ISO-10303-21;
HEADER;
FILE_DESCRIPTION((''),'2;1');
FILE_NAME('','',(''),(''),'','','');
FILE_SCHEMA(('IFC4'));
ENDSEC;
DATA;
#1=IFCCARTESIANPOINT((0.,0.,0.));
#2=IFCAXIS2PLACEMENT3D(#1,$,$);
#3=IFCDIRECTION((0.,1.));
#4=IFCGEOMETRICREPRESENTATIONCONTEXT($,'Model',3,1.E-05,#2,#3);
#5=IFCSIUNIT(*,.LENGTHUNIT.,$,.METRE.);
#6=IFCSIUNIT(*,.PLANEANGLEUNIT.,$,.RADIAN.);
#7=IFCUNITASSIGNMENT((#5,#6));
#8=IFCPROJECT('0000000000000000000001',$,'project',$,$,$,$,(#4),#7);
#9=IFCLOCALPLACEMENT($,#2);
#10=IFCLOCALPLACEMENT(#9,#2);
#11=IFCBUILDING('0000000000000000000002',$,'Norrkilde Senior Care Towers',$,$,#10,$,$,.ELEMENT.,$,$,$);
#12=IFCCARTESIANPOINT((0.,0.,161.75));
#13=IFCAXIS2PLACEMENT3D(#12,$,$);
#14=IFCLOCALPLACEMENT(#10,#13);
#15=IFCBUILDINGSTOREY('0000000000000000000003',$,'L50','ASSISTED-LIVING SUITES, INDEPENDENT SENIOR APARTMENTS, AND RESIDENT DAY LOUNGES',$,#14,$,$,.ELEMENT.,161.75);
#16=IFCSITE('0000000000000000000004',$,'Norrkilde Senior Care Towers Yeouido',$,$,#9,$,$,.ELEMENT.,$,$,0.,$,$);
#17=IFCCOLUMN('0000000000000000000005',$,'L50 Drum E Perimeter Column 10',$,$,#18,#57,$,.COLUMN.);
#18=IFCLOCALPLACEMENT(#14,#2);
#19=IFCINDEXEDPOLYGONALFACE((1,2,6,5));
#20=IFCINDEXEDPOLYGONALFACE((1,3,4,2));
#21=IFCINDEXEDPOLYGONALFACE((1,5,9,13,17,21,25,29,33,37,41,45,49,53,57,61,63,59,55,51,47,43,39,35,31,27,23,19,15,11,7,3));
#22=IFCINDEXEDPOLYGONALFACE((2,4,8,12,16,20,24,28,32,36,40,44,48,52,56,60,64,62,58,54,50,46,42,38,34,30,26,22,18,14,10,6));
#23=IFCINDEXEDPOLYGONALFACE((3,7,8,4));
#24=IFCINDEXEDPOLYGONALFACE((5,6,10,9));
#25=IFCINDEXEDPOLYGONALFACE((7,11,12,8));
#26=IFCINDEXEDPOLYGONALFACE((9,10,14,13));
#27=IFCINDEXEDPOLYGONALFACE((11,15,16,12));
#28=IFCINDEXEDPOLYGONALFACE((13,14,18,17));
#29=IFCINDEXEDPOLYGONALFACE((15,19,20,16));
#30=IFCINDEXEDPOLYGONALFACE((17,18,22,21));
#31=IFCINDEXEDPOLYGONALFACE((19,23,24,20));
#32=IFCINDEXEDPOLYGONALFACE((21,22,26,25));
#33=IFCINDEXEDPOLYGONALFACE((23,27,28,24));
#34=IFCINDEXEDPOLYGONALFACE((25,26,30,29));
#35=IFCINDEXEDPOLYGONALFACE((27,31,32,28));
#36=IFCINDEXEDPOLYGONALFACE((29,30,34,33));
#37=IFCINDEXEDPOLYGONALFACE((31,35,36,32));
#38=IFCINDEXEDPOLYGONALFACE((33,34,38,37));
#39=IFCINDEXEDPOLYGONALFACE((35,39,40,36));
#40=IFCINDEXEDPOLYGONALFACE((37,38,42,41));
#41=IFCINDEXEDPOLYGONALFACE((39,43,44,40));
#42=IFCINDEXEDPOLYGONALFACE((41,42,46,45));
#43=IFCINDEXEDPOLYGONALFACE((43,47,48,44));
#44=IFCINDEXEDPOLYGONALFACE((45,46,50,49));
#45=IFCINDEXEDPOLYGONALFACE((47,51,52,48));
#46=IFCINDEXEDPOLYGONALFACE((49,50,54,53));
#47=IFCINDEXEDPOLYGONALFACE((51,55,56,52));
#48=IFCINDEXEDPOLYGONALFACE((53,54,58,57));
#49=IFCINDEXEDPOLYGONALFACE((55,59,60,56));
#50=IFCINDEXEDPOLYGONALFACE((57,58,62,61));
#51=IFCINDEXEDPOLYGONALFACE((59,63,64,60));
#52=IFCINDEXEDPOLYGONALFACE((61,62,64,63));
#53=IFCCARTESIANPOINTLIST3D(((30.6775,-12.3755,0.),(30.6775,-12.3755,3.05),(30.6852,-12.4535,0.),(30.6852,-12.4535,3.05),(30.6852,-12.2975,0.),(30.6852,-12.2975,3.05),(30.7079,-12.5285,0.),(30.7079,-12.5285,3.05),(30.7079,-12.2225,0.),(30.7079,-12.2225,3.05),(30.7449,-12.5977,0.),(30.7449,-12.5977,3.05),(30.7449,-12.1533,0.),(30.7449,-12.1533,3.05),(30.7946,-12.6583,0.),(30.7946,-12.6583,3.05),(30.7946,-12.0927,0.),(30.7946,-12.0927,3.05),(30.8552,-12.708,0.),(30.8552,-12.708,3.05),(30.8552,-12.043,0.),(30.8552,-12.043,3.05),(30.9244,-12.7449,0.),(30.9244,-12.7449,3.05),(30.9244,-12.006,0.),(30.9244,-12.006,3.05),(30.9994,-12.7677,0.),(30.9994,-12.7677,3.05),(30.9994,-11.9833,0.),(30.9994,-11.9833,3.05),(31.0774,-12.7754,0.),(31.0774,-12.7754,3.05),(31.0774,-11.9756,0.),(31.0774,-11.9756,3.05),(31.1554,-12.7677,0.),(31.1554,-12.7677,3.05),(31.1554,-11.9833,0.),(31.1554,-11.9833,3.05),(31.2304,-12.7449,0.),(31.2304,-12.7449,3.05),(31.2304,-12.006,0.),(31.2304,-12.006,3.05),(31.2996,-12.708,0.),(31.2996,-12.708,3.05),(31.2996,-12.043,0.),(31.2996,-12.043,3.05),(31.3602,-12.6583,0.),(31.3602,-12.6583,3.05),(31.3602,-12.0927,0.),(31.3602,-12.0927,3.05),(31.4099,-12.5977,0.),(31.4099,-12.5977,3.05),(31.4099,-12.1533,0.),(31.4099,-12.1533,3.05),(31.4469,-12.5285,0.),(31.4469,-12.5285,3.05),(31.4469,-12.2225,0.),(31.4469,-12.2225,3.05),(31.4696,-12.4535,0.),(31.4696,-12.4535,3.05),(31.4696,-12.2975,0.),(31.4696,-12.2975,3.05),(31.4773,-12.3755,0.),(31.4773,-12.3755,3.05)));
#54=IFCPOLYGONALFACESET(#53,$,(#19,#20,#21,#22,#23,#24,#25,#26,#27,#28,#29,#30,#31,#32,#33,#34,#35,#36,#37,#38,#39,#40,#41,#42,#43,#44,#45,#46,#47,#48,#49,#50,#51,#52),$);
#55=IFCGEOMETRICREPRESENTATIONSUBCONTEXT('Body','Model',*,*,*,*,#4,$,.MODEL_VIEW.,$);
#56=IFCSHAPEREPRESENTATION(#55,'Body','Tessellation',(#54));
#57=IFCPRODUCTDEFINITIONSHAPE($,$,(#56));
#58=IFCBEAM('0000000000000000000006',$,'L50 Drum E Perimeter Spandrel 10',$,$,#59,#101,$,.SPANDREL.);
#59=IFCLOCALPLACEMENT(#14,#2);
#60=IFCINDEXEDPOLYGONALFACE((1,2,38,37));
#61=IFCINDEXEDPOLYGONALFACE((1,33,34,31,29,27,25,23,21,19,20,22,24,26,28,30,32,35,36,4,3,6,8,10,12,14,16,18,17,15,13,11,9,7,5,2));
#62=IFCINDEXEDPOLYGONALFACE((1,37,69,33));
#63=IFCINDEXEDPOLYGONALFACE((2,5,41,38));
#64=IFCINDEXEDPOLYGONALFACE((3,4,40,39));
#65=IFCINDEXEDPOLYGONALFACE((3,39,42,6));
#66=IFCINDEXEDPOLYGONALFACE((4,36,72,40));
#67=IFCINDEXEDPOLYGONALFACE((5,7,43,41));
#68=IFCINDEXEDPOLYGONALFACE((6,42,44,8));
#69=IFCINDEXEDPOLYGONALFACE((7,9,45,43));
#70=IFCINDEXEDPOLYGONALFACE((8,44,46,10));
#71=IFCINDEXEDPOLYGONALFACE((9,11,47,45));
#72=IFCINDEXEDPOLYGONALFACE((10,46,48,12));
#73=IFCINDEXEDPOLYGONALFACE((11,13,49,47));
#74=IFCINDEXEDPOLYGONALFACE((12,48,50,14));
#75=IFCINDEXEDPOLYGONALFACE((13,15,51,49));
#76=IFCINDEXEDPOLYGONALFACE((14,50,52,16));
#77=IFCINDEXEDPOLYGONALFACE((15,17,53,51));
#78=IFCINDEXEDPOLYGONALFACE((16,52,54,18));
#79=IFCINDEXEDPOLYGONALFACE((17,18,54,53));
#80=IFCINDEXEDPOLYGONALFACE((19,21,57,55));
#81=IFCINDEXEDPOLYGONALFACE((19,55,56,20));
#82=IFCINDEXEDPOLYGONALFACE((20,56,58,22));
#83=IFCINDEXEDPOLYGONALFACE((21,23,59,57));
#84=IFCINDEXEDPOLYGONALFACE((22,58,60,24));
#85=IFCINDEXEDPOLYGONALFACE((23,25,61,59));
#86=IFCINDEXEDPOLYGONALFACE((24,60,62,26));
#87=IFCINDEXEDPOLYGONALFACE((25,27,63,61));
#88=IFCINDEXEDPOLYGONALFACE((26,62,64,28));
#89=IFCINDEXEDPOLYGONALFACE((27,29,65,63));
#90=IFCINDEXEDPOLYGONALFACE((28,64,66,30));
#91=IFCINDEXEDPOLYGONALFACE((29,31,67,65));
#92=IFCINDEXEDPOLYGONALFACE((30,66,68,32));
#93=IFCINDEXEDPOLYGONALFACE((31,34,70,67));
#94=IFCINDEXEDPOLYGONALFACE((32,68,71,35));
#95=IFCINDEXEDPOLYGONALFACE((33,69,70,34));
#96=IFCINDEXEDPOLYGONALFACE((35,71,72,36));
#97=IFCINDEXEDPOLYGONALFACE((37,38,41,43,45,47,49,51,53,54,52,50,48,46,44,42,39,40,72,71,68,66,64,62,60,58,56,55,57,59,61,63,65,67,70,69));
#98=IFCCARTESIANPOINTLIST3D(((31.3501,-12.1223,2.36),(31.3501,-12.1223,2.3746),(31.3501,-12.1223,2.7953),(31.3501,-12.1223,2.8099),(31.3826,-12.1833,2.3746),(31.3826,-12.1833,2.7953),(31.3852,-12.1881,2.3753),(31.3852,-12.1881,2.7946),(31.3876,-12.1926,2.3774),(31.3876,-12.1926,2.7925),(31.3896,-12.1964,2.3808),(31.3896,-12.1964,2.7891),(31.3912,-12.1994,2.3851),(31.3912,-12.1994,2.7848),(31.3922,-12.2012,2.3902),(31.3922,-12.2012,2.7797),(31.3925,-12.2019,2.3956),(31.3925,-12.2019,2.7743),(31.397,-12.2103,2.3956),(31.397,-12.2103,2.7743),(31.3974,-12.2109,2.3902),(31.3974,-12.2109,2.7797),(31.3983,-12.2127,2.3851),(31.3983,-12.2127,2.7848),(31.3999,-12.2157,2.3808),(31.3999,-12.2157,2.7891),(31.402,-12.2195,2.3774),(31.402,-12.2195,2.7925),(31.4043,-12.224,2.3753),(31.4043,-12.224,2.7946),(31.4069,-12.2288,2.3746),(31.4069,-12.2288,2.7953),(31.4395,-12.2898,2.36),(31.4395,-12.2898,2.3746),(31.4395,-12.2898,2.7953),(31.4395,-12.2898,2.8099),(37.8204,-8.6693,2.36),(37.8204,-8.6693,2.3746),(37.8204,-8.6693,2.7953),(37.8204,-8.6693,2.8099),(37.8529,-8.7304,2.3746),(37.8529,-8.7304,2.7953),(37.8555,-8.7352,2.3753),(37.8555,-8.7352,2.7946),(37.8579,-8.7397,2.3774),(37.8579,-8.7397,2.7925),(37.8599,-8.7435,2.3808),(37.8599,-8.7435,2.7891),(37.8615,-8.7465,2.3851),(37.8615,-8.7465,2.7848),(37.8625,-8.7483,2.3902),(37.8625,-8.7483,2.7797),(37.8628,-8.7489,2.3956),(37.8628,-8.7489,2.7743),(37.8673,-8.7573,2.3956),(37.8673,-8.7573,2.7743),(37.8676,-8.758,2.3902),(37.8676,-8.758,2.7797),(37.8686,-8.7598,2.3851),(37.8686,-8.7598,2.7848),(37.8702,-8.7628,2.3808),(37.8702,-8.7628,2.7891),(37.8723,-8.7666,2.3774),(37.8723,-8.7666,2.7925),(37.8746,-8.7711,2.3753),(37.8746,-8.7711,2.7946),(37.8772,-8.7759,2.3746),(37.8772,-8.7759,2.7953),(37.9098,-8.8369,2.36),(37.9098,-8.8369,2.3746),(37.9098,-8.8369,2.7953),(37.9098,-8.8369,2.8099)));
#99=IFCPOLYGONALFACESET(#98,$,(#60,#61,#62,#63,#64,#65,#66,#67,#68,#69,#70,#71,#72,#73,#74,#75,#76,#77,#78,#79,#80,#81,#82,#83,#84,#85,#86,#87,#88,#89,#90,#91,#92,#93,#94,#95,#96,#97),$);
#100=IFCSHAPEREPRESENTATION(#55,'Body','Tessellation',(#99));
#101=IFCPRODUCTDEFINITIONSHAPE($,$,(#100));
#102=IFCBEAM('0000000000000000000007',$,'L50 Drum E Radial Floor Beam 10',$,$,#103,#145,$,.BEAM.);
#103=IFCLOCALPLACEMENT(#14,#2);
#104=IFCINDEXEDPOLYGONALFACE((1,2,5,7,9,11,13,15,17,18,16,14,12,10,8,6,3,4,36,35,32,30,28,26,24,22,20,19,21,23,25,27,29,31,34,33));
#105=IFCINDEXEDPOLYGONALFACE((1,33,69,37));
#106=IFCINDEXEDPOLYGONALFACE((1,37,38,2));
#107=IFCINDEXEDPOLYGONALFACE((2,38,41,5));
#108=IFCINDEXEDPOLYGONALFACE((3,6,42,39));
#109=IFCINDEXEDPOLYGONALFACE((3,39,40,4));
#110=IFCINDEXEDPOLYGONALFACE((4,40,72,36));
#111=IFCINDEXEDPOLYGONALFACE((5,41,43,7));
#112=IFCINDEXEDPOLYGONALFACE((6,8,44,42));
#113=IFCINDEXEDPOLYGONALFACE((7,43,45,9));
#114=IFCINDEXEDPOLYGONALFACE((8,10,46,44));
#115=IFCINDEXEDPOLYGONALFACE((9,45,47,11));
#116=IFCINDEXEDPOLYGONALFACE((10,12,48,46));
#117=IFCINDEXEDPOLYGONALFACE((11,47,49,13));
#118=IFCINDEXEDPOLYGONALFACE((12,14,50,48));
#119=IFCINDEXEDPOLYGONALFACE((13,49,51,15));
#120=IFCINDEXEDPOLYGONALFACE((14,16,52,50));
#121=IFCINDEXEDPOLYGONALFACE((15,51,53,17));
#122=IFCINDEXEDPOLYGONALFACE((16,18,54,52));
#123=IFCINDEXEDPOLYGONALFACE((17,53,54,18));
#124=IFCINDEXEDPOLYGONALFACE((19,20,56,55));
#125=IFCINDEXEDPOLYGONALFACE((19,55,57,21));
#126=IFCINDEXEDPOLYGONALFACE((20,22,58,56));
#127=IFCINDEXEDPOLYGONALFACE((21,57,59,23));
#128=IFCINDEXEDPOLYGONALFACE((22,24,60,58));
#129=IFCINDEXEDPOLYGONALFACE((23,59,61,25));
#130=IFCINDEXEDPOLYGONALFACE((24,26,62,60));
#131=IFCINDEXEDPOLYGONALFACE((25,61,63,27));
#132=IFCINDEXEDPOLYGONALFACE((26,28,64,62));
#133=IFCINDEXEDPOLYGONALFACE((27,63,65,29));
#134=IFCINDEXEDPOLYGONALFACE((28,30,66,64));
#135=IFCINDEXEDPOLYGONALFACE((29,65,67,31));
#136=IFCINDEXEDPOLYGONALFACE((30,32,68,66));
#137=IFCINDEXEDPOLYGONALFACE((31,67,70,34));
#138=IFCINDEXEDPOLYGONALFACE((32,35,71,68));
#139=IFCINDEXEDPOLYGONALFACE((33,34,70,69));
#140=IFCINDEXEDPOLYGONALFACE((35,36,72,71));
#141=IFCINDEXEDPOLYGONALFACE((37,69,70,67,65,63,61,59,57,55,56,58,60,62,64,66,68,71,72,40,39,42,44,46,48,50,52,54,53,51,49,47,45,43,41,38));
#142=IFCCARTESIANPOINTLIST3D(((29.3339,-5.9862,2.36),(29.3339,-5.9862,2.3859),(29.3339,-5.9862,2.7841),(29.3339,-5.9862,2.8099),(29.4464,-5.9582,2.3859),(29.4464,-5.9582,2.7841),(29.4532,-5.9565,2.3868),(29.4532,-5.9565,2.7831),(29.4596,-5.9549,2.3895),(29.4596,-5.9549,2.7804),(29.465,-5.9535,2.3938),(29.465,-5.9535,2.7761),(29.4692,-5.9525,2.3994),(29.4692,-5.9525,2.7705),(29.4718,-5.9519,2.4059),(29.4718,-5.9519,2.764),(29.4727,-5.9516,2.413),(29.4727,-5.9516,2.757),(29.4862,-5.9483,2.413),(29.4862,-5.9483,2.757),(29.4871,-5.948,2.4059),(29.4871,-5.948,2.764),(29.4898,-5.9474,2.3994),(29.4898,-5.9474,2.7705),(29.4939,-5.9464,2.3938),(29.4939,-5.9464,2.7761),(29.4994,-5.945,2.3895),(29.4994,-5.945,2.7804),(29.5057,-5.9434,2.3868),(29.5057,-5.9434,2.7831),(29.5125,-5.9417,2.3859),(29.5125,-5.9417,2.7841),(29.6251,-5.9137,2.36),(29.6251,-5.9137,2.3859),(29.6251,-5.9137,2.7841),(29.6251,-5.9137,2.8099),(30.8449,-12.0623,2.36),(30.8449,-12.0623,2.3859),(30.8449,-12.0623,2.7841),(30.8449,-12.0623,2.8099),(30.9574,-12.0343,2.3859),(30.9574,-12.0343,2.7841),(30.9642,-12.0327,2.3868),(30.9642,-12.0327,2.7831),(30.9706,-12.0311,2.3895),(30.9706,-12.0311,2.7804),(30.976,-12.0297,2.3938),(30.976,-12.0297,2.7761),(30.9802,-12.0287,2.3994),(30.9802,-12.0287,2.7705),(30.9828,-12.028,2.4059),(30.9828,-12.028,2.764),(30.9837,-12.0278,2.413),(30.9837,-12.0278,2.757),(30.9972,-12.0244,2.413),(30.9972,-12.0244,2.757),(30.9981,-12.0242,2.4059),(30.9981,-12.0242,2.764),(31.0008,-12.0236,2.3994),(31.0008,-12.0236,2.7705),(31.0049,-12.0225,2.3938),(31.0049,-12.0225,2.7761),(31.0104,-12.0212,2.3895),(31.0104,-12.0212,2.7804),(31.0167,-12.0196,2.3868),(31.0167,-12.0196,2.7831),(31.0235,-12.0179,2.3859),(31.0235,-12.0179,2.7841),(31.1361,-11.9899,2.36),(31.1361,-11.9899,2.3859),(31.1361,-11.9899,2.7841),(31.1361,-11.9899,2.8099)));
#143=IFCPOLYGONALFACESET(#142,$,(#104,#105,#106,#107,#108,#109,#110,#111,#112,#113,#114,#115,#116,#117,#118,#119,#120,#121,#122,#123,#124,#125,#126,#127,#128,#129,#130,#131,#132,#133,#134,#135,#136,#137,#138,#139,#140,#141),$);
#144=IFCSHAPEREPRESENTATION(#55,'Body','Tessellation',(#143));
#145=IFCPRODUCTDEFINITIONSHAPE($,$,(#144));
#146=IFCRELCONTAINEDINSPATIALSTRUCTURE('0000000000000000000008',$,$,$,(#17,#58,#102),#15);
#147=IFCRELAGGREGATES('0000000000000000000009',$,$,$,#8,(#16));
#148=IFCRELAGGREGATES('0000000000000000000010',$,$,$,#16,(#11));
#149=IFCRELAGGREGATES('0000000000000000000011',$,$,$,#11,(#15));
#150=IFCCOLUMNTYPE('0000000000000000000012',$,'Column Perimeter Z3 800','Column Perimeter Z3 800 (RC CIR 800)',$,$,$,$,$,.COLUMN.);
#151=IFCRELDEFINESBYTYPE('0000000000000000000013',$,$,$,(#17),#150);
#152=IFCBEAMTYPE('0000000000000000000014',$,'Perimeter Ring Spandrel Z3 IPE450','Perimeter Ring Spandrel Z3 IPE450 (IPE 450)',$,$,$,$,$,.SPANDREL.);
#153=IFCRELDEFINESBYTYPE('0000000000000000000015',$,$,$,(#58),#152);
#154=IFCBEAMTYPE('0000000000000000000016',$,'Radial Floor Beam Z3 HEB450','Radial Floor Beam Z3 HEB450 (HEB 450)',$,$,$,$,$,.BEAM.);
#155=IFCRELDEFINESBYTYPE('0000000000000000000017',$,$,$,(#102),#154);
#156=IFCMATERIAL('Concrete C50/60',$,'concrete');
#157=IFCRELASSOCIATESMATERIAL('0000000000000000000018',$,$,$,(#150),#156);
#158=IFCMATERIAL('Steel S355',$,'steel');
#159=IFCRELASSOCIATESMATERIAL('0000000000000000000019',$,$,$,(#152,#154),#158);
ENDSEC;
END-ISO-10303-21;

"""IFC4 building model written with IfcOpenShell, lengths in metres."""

from ifc_helpers import new_model, si_unit, direction, frame, origin, origin_2d, place, context, subcontext, project, spatial, circle, i_section, extrude, source, transform, mapped, material, material_profile, profile_set, type_object, type_shapes, element, save


model = new_model("IFC4")

# Units and contexts
model_context = context("Model", 3, precision=1e-05, world=origin(), true_north=direction((0.0, 1.0)))
body_context = subcontext(model_context, "Body", "Model", "MODEL_VIEW")
ifc_project = project(units=[si_unit("LENGTHUNIT", "METRE"), si_unit("PLANEANGLEUNIT", "RADIAN")], contexts=[model_context])

# Site, building, storey
site_placement = place(None, origin())
site = spatial("IfcSite", under=ifc_project, at=site_placement, Name="Norrkilde Senior Care Towers Yeouido", CompositionType="ELEMENT", RefElevation=0.0)
building_placement = place(site_placement, origin())
building = spatial("IfcBuilding", under=site, at=building_placement, Name="Norrkilde Senior Care Towers", CompositionType="ELEMENT")
storey_placement = place(building_placement, frame((0.0, 0.0, 161.75)))
storey = spatial("IfcBuildingStorey", under=building, at=storey_placement, Name="L50", Description="ASSISTED-LIVING SUITES, INDEPENDENT SENIOR APARTMENTS, AND RESIDENT DAY LOUNGES", CompositionType="ELEMENT", Elevation=161.75)

# Column
ifc_material_1 = material(Name="Concrete C50/60", Category="concrete")
ifc_material_profile_1 = material_profile(ifc_material_1, circle(Radius=0.3999, at=origin_2d()), Name="RC CIR 800")
ifc_profile_set_1 = profile_set([ifc_material_profile_1], Name="Concrete C50/60")
column_type = type_object("IfcColumnType", Name="Column Perimeter Z3 800", Description="Column Perimeter Z3 800 (RC CIR 800)", PredefinedType="COLUMN", material=ifc_profile_set_1)
shared_shape_1 = source(origin(), body_context, "Body", "SweptSolid", [
    extrude(circle(Radius=0.3999, at=origin_2d()), origin(), (0.0, 0.0, 1.0), 3.05),
])
type_shapes(column_type, [shared_shape_1])
column_placement = place(storey_placement, frame((31.0774, -12.3755, 0.0), z_axis=(0.0, 0.0, 1.0), x_axis=(1.0, 0.0, 0.0)))
element("IfcColumn", 1, at=column_placement, inside=storey, type_object=column_type, Name="L50 Drum E Perimeter Column 10", PredefinedType="COLUMN", context=body_context, shape_type="MappedRepresentation", body=[
    mapped(shared_shape_1, transform((0.0, 0.0, 0.0), x_axis=(1.0, 0.0, 0.0), y_axis=(0.0, 1.0, 0.0), z_axis=(0.0, 0.0, 1.0), scale=1.0)),
])

# Beams
ifc_material_2 = material(Name="Steel S355", Category="steel")
ifc_material_profile_2 = material_profile(ifc_material_2, i_section(OverallWidth=0.1899, OverallDepth=0.45, WebThickness=0.0095, FlangeThickness=0.0146, FilletRadius=0.021, at=origin_2d()), Name="IPE 450")
ifc_profile_set_2 = profile_set([ifc_material_profile_2], Name="Steel S355")
beam_type_1 = type_object("IfcBeamType", Name="Perimeter Ring Spandrel Z3 IPE450", Description="Perimeter Ring Spandrel Z3 IPE450 (IPE 450)", PredefinedType="SPANDREL", material=ifc_profile_set_2)
shared_shape_2 = source(origin(), body_context, "Body", "SweptSolid", [
    extrude(i_section(OverallWidth=0.1899, OverallDepth=0.45, WebThickness=0.0095, FlangeThickness=0.0146, FilletRadius=0.021, at=origin_2d()), origin(), (0.0, 0.0, 1.0), 7.334),
])
type_shapes(beam_type_1, [shared_shape_2])
beam_1_placement = place(storey_placement, frame((31.3948, -12.2061, 2.585), z_axis=(0.882234, 0.470811, 0.0), x_axis=(-0.470811, 0.882234, 0.0)))
element("IfcBeam", 2, at=beam_1_placement, inside=storey, type_object=beam_type_1, Name="L50 Drum E Perimeter Spandrel 10", PredefinedType="SPANDREL", context=body_context, shape_type="MappedRepresentation", body=[
    mapped(shared_shape_2, transform((0.0, 0.0, 0.0), x_axis=(1.0, 0.0, 0.0), y_axis=(0.0, 1.0, 0.0), z_axis=(0.0, 0.0, 1.0), scale=1.0)),
])
ifc_material_profile_3 = material_profile(ifc_material_2, i_section(OverallWidth=0.3, OverallDepth=0.45, WebThickness=0.0139, FlangeThickness=0.0259, FilletRadius=0.0271, at=origin_2d()), Name="HEB 450")
ifc_profile_set_3 = profile_set([ifc_material_profile_3], Name="Steel S355")
beam_type_2 = type_object("IfcBeamType", Name="Radial Floor Beam Z3 HEB450", Description="Radial Floor Beam Z3 HEB450 (HEB 450)", PredefinedType="BEAM", material=ifc_profile_set_3)
shared_shape_3 = source(origin(), body_context, "Body", "SweptSolid", [
    extrude(i_section(OverallWidth=0.3, OverallDepth=0.45, WebThickness=0.0139, FlangeThickness=0.0259, FilletRadius=0.0271, at=origin_2d()), origin(), (0.0, 0.0, 1.0), 6.2612),
])
beam_2_placement = place(storey_placement, frame((29.4795, -5.95, 2.585), z_axis=(0.241324, -0.970445, 0.0), x_axis=(0.970445, 0.241324, 0.0)))
element("IfcBeam", 3, at=beam_2_placement, inside=storey, type_object=beam_type_2, Name="L50 Drum E Radial Floor Beam 10", PredefinedType="BEAM", context=body_context, shape_type="MappedRepresentation", body=[
    mapped(shared_shape_3, transform((0.0, 0.0, 0.0), x_axis=(1.0, 0.0, 0.0), y_axis=(0.0, 1.0, 0.0), z_axis=(0.0, 0.0, 1.0), scale=1.0)),
])

save(model, "model.ifc")
